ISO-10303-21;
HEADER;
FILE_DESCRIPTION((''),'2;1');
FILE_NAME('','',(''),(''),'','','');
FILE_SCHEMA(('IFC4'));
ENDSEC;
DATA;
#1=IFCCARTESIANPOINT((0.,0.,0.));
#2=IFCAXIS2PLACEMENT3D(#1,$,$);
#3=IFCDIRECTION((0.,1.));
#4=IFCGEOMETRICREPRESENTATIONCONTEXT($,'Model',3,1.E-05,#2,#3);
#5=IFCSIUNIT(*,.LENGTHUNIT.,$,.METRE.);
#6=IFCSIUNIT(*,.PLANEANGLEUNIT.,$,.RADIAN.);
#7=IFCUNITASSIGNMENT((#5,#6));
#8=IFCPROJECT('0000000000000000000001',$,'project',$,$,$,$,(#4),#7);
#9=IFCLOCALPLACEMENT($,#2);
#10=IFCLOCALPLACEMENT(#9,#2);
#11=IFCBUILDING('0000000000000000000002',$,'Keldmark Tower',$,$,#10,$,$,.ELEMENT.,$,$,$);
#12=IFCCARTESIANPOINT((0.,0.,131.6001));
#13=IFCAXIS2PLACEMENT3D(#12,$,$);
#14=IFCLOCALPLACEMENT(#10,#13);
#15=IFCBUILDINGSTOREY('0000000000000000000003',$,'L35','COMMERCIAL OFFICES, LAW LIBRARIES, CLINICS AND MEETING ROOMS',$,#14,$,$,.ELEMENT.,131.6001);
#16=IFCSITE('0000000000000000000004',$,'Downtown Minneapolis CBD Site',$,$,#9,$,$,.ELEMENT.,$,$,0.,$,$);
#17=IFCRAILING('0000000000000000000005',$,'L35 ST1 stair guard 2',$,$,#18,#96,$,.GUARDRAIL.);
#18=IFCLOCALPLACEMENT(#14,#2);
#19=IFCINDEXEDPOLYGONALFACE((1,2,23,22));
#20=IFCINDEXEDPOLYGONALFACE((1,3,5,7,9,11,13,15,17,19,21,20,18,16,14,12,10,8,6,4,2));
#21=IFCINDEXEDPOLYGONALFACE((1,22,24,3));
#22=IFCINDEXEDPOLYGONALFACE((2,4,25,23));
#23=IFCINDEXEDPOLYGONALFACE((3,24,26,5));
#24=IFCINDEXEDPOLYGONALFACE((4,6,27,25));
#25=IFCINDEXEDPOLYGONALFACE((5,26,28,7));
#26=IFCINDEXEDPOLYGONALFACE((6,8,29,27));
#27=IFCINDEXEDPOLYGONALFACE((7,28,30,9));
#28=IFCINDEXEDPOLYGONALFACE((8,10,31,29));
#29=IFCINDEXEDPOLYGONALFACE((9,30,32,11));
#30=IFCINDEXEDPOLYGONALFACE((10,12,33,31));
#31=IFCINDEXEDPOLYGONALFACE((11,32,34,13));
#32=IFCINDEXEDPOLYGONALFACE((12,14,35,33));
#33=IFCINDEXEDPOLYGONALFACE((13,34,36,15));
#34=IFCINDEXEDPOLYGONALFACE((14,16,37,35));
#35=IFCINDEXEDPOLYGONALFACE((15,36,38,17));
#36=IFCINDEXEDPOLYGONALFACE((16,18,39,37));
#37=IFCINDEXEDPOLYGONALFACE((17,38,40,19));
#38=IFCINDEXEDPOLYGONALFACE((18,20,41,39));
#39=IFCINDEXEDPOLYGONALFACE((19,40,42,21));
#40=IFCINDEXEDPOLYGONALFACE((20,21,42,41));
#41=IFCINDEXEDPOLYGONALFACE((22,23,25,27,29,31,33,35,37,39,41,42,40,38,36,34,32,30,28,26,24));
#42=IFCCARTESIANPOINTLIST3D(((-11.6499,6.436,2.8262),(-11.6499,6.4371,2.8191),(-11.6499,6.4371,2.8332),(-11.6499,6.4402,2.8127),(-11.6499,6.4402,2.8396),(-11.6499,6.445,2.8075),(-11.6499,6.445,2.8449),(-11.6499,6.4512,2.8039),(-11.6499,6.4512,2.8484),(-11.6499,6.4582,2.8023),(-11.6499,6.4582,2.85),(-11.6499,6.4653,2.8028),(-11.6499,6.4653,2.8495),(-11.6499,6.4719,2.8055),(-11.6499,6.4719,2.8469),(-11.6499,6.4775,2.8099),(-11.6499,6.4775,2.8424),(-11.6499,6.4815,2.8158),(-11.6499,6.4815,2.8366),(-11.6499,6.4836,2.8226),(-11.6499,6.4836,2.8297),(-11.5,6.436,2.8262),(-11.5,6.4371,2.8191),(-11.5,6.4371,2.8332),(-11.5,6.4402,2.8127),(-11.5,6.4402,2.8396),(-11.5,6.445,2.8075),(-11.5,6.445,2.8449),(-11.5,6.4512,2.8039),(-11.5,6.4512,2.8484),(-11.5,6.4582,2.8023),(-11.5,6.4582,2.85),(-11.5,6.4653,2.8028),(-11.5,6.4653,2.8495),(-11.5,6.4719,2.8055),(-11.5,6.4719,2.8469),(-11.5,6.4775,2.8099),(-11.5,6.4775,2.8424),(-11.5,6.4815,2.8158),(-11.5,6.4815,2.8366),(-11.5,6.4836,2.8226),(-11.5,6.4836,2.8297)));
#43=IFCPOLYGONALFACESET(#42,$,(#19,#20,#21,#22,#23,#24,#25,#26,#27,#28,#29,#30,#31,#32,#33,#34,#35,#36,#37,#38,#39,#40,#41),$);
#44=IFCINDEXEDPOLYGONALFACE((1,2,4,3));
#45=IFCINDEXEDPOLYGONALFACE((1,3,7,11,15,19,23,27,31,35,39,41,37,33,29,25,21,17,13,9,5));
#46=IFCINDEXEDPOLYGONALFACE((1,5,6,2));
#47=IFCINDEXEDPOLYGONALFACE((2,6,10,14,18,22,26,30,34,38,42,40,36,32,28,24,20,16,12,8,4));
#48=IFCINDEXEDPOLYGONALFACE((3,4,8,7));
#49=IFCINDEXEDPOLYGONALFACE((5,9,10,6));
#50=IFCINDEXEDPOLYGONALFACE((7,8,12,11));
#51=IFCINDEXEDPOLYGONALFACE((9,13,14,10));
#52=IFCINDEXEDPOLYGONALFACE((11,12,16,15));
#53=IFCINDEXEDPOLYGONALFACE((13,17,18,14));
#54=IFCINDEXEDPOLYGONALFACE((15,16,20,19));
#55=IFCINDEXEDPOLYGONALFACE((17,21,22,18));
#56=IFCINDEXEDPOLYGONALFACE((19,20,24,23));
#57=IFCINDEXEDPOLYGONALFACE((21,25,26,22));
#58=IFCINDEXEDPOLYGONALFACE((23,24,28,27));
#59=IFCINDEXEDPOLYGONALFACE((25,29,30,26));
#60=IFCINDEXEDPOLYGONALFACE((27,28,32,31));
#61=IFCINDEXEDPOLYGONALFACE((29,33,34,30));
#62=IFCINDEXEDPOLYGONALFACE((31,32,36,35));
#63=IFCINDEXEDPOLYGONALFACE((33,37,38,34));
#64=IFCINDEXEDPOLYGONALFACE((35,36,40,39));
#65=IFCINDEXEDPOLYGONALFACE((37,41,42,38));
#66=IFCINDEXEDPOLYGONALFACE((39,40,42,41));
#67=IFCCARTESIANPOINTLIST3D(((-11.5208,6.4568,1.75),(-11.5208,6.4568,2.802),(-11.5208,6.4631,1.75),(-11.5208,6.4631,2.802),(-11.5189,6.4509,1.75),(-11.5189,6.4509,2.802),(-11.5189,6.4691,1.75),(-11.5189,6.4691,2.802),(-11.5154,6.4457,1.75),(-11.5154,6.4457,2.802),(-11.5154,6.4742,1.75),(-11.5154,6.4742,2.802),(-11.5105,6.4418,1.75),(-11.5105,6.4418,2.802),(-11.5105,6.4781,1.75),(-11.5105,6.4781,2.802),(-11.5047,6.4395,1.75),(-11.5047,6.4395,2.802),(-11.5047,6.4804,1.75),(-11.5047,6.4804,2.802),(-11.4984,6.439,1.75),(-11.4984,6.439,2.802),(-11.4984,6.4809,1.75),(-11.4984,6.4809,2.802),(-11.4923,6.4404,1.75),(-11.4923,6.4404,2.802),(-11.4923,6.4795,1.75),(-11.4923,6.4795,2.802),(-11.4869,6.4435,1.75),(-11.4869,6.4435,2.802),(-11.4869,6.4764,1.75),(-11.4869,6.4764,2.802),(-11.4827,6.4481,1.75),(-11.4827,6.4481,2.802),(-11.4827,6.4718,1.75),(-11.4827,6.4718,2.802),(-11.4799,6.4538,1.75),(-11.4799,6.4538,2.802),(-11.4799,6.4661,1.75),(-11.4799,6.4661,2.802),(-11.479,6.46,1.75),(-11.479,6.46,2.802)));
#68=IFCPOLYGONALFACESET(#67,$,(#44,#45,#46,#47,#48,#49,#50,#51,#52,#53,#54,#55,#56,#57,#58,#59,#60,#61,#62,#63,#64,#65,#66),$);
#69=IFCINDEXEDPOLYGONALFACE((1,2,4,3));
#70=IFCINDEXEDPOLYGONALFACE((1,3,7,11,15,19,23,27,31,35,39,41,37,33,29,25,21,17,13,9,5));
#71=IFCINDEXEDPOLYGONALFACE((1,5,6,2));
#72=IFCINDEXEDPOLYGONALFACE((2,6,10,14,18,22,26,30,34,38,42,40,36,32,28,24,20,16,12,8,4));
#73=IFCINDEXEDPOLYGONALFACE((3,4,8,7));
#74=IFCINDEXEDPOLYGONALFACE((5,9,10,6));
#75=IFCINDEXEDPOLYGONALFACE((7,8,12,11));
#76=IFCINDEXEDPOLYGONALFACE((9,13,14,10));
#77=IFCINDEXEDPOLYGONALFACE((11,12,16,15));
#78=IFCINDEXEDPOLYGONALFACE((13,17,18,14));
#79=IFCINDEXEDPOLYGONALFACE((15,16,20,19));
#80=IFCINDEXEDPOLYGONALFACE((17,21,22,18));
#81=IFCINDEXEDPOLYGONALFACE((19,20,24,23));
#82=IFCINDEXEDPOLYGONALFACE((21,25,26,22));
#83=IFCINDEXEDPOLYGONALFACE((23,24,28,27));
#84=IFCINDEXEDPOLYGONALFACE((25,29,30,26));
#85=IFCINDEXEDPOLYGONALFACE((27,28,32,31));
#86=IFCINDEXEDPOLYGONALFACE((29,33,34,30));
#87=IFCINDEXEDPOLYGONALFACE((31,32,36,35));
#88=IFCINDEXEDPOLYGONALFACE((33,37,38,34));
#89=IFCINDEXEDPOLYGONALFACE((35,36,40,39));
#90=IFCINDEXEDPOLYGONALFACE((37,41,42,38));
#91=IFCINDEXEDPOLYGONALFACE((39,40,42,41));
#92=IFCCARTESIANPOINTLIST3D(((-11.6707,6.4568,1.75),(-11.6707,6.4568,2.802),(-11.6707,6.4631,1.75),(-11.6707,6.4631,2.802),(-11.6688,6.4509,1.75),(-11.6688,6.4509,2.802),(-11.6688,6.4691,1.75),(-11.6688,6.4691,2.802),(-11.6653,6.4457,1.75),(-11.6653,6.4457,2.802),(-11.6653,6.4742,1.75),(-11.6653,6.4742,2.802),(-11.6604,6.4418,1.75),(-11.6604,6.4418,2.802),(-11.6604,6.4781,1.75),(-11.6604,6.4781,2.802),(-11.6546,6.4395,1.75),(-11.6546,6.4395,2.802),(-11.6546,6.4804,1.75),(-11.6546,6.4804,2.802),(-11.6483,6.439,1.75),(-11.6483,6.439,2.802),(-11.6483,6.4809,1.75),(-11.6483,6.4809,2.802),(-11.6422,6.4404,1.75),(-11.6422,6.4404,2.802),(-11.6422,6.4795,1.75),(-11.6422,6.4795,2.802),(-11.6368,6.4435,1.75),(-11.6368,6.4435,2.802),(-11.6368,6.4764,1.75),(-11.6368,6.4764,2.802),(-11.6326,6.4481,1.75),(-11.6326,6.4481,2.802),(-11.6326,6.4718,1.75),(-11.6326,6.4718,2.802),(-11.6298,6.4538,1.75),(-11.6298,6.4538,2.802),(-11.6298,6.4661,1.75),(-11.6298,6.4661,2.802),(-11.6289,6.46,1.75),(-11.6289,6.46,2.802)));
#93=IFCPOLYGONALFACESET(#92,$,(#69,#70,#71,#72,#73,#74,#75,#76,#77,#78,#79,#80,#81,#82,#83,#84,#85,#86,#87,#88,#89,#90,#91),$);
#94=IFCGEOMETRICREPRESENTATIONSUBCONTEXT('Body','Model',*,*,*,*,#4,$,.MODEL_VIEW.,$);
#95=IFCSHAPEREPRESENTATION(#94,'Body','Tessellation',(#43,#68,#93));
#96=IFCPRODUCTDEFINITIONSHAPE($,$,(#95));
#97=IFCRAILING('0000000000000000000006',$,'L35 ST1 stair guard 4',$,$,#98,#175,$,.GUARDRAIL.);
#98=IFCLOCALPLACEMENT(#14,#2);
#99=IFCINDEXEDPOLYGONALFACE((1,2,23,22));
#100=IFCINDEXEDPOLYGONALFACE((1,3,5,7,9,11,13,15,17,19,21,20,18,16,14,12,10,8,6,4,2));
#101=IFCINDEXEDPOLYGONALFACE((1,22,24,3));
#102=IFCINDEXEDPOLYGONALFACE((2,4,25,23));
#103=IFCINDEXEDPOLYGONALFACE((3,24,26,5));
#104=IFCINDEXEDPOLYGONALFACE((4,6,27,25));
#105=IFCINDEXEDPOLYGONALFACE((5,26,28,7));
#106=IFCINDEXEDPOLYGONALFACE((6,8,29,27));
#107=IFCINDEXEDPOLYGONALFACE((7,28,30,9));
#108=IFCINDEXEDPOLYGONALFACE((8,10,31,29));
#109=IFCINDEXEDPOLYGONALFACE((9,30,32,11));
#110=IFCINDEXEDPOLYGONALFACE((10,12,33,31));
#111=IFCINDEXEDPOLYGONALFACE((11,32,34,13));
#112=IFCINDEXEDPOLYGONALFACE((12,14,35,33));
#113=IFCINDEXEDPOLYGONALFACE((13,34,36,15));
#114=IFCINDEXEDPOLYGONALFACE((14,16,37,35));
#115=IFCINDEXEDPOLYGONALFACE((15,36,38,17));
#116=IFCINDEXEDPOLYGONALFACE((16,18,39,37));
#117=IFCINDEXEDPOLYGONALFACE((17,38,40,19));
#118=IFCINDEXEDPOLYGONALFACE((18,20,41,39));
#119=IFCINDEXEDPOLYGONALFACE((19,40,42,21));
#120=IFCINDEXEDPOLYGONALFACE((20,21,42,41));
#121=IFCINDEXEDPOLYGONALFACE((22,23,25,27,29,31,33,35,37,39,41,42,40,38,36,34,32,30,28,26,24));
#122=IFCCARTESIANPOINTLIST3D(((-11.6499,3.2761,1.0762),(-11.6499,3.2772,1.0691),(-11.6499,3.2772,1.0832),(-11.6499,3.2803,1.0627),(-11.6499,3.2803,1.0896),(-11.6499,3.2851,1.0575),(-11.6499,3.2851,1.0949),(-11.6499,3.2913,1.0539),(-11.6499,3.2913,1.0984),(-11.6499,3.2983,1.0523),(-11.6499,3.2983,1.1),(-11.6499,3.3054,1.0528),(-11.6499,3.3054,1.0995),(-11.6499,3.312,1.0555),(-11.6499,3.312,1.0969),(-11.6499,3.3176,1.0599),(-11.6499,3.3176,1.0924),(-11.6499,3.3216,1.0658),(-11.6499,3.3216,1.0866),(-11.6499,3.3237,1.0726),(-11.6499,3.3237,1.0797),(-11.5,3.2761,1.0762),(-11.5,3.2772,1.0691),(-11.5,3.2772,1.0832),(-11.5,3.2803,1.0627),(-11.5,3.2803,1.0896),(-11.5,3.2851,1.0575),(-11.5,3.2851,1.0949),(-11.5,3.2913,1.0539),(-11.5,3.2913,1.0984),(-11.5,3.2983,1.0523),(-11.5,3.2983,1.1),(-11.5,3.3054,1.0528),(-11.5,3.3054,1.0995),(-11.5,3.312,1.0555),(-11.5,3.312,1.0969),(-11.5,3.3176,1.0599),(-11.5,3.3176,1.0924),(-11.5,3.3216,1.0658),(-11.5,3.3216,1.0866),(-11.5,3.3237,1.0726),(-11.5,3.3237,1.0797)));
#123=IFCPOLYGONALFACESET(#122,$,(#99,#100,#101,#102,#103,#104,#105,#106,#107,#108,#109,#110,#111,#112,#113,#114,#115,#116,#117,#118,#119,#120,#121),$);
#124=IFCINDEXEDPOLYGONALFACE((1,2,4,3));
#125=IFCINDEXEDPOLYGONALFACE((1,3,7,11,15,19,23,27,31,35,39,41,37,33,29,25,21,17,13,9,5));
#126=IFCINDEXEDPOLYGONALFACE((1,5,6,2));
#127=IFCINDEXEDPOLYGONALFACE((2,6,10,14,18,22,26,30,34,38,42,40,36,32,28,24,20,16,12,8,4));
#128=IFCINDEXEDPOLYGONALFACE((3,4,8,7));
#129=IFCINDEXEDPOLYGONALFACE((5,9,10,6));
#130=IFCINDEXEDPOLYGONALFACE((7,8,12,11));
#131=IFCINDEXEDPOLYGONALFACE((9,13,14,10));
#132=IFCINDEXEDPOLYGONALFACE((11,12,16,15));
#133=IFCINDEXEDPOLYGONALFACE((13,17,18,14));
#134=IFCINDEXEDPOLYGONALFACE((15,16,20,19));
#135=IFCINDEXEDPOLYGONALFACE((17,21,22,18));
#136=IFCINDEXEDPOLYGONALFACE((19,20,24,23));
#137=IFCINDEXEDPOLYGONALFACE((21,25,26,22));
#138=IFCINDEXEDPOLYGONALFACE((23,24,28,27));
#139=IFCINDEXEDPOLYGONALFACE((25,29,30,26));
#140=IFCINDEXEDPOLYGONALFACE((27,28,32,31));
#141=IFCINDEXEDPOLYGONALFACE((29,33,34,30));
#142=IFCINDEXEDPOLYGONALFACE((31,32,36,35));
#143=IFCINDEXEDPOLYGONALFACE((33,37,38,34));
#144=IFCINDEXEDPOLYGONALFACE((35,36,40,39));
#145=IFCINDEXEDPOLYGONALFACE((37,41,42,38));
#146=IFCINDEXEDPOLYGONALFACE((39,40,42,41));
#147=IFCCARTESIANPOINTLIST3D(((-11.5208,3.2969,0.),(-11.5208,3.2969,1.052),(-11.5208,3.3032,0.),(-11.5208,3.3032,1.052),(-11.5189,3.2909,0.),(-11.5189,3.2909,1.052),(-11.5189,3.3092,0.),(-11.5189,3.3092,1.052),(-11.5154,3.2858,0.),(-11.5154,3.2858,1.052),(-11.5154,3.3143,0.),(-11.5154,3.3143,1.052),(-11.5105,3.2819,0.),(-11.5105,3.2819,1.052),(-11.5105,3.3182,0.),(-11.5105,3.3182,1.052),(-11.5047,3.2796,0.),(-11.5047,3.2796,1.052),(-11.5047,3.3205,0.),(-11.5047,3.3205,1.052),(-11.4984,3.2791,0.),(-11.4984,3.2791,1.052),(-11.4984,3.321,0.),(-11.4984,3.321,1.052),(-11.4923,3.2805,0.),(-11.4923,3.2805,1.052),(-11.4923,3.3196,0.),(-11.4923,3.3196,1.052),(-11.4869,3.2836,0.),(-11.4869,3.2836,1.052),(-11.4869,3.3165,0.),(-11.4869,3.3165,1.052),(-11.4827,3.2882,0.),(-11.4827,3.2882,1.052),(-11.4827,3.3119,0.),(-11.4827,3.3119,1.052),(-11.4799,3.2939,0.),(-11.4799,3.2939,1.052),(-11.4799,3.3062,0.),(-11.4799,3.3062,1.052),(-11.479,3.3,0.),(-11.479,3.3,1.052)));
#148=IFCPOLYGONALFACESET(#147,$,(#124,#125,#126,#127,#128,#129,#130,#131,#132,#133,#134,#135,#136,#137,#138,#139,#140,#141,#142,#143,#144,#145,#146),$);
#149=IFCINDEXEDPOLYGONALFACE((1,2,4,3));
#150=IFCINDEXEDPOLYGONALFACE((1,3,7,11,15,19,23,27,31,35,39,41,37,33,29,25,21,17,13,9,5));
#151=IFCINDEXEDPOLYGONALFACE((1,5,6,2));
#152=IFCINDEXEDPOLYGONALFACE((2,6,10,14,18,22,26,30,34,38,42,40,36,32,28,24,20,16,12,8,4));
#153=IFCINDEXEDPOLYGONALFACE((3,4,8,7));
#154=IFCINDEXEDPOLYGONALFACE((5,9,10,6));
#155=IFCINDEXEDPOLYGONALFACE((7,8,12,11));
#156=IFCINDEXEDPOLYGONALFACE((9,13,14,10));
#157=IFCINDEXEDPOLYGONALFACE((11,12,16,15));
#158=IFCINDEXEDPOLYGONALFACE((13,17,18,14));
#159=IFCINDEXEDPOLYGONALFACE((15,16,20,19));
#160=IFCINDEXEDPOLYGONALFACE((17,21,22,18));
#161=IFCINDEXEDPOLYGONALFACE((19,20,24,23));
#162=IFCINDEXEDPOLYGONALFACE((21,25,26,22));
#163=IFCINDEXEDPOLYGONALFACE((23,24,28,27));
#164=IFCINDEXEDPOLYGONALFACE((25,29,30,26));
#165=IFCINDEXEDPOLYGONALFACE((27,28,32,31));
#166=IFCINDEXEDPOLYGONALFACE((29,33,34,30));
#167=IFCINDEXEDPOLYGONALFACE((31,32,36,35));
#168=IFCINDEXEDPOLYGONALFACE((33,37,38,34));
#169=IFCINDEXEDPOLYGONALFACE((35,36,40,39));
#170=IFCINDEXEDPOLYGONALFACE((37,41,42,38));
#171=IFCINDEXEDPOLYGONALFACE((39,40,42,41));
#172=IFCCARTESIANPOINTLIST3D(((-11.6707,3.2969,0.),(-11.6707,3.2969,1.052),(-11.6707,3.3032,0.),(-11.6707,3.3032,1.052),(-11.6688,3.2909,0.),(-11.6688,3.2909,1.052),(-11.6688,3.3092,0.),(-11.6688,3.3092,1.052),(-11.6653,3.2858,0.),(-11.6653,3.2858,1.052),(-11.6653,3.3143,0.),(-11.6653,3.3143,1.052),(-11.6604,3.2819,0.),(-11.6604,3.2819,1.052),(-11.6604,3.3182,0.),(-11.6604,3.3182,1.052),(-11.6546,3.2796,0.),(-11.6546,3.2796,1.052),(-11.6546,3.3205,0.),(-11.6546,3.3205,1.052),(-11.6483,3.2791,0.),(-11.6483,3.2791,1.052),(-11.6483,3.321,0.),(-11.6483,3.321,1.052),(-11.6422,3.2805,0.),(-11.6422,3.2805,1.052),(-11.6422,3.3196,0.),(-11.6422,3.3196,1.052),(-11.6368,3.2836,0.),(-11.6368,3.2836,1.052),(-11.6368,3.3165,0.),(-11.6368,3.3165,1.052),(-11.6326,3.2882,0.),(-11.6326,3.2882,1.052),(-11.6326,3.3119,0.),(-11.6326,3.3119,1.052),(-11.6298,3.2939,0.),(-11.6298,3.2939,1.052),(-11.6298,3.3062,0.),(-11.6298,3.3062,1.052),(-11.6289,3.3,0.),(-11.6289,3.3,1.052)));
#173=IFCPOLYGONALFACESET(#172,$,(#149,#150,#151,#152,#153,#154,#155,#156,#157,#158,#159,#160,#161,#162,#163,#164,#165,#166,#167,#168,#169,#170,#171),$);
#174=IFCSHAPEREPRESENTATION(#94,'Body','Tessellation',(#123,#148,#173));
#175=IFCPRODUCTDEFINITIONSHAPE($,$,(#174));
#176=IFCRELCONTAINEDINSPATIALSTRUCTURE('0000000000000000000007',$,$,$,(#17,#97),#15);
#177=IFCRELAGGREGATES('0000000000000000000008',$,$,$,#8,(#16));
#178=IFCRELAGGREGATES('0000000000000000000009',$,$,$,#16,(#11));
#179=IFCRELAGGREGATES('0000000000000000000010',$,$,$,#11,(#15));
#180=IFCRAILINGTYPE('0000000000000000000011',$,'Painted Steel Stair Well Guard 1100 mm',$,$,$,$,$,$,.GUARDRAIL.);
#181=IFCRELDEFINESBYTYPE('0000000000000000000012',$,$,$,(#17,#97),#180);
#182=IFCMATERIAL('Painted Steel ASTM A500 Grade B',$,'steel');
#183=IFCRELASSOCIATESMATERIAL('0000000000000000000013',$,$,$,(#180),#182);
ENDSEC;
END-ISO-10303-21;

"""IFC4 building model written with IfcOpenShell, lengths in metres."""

from ifc_helpers import new_model, si_unit, direction, frame, origin, origin_2d, place, context, subcontext, project, spatial, circle, extrude, material, type_object, element, save


model = new_model("IFC4")

# Units and contexts
model_context = context("Model", 3, precision=1e-05, world=origin(), true_north=direction((0.0, 1.0)))
body_context = subcontext(model_context, "Body", "Model", "MODEL_VIEW")
ifc_project = project(units=[si_unit("LENGTHUNIT", "METRE"), si_unit("PLANEANGLEUNIT", "RADIAN")], contexts=[model_context])

# Site, building, storey
site_placement = place(None, origin())
site = spatial("IfcSite", under=ifc_project, at=site_placement, Name="Downtown Minneapolis CBD Site", CompositionType="ELEMENT", RefElevation=0.0)
building_placement = place(site_placement, origin())
building = spatial("IfcBuilding", under=site, at=building_placement, Name="Keldmark Tower", CompositionType="ELEMENT")
storey_placement = place(building_placement, frame((0.0, 0.0, 131.6001)))
storey = spatial("IfcBuildingStorey", under=building, at=storey_placement, Name="L35", Description="COMMERCIAL OFFICES, LAW LIBRARIES, CLINICS AND MEETING ROOMS", CompositionType="ELEMENT", Elevation=131.6001)

# Railings
ifc_material_1 = material(Name="Painted Steel ASTM A500 Grade B", Category="steel")
railing_type_1 = type_object("IfcRailingType", Name="Painted Steel Stair Well Guard 1100 mm", PredefinedType="GUARDRAIL", material=ifc_material_1)
for number, where, name in (
    (1, (-11.5, 6.46, 1.75), "L35 ST1 stair guard 2"),
    (2, (-11.5, 3.3, 0.0), "L35 ST1 stair guard 4"),
):
    element("IfcRailing", number, at=place(storey_placement, frame(where)), inside=storey, type_object=railing_type_1, Name=name, PredefinedType="GUARDRAIL", context=body_context, shape_type="SweptSolid", body=[
        extrude(circle(Radius=0.0239, at=origin_2d()), frame((0.0, 0.0, 1.0762), z_axis=(-1.0, 0.0, 0.0), x_axis=(0.0, -1.0, 0.0)), (0.0, 0.0, 1.0), 0.1499),
        extrude(circle(Radius=0.021, at=origin_2d()), origin(), (0.0, 0.0, 1.0), 1.052),
        extrude(circle(Radius=0.021, at=origin_2d()), frame((-0.1499, 0.0, 0.0)), (0.0, 0.0, 1.0), 1.052),
    ])

save(model, "model.ifc")
